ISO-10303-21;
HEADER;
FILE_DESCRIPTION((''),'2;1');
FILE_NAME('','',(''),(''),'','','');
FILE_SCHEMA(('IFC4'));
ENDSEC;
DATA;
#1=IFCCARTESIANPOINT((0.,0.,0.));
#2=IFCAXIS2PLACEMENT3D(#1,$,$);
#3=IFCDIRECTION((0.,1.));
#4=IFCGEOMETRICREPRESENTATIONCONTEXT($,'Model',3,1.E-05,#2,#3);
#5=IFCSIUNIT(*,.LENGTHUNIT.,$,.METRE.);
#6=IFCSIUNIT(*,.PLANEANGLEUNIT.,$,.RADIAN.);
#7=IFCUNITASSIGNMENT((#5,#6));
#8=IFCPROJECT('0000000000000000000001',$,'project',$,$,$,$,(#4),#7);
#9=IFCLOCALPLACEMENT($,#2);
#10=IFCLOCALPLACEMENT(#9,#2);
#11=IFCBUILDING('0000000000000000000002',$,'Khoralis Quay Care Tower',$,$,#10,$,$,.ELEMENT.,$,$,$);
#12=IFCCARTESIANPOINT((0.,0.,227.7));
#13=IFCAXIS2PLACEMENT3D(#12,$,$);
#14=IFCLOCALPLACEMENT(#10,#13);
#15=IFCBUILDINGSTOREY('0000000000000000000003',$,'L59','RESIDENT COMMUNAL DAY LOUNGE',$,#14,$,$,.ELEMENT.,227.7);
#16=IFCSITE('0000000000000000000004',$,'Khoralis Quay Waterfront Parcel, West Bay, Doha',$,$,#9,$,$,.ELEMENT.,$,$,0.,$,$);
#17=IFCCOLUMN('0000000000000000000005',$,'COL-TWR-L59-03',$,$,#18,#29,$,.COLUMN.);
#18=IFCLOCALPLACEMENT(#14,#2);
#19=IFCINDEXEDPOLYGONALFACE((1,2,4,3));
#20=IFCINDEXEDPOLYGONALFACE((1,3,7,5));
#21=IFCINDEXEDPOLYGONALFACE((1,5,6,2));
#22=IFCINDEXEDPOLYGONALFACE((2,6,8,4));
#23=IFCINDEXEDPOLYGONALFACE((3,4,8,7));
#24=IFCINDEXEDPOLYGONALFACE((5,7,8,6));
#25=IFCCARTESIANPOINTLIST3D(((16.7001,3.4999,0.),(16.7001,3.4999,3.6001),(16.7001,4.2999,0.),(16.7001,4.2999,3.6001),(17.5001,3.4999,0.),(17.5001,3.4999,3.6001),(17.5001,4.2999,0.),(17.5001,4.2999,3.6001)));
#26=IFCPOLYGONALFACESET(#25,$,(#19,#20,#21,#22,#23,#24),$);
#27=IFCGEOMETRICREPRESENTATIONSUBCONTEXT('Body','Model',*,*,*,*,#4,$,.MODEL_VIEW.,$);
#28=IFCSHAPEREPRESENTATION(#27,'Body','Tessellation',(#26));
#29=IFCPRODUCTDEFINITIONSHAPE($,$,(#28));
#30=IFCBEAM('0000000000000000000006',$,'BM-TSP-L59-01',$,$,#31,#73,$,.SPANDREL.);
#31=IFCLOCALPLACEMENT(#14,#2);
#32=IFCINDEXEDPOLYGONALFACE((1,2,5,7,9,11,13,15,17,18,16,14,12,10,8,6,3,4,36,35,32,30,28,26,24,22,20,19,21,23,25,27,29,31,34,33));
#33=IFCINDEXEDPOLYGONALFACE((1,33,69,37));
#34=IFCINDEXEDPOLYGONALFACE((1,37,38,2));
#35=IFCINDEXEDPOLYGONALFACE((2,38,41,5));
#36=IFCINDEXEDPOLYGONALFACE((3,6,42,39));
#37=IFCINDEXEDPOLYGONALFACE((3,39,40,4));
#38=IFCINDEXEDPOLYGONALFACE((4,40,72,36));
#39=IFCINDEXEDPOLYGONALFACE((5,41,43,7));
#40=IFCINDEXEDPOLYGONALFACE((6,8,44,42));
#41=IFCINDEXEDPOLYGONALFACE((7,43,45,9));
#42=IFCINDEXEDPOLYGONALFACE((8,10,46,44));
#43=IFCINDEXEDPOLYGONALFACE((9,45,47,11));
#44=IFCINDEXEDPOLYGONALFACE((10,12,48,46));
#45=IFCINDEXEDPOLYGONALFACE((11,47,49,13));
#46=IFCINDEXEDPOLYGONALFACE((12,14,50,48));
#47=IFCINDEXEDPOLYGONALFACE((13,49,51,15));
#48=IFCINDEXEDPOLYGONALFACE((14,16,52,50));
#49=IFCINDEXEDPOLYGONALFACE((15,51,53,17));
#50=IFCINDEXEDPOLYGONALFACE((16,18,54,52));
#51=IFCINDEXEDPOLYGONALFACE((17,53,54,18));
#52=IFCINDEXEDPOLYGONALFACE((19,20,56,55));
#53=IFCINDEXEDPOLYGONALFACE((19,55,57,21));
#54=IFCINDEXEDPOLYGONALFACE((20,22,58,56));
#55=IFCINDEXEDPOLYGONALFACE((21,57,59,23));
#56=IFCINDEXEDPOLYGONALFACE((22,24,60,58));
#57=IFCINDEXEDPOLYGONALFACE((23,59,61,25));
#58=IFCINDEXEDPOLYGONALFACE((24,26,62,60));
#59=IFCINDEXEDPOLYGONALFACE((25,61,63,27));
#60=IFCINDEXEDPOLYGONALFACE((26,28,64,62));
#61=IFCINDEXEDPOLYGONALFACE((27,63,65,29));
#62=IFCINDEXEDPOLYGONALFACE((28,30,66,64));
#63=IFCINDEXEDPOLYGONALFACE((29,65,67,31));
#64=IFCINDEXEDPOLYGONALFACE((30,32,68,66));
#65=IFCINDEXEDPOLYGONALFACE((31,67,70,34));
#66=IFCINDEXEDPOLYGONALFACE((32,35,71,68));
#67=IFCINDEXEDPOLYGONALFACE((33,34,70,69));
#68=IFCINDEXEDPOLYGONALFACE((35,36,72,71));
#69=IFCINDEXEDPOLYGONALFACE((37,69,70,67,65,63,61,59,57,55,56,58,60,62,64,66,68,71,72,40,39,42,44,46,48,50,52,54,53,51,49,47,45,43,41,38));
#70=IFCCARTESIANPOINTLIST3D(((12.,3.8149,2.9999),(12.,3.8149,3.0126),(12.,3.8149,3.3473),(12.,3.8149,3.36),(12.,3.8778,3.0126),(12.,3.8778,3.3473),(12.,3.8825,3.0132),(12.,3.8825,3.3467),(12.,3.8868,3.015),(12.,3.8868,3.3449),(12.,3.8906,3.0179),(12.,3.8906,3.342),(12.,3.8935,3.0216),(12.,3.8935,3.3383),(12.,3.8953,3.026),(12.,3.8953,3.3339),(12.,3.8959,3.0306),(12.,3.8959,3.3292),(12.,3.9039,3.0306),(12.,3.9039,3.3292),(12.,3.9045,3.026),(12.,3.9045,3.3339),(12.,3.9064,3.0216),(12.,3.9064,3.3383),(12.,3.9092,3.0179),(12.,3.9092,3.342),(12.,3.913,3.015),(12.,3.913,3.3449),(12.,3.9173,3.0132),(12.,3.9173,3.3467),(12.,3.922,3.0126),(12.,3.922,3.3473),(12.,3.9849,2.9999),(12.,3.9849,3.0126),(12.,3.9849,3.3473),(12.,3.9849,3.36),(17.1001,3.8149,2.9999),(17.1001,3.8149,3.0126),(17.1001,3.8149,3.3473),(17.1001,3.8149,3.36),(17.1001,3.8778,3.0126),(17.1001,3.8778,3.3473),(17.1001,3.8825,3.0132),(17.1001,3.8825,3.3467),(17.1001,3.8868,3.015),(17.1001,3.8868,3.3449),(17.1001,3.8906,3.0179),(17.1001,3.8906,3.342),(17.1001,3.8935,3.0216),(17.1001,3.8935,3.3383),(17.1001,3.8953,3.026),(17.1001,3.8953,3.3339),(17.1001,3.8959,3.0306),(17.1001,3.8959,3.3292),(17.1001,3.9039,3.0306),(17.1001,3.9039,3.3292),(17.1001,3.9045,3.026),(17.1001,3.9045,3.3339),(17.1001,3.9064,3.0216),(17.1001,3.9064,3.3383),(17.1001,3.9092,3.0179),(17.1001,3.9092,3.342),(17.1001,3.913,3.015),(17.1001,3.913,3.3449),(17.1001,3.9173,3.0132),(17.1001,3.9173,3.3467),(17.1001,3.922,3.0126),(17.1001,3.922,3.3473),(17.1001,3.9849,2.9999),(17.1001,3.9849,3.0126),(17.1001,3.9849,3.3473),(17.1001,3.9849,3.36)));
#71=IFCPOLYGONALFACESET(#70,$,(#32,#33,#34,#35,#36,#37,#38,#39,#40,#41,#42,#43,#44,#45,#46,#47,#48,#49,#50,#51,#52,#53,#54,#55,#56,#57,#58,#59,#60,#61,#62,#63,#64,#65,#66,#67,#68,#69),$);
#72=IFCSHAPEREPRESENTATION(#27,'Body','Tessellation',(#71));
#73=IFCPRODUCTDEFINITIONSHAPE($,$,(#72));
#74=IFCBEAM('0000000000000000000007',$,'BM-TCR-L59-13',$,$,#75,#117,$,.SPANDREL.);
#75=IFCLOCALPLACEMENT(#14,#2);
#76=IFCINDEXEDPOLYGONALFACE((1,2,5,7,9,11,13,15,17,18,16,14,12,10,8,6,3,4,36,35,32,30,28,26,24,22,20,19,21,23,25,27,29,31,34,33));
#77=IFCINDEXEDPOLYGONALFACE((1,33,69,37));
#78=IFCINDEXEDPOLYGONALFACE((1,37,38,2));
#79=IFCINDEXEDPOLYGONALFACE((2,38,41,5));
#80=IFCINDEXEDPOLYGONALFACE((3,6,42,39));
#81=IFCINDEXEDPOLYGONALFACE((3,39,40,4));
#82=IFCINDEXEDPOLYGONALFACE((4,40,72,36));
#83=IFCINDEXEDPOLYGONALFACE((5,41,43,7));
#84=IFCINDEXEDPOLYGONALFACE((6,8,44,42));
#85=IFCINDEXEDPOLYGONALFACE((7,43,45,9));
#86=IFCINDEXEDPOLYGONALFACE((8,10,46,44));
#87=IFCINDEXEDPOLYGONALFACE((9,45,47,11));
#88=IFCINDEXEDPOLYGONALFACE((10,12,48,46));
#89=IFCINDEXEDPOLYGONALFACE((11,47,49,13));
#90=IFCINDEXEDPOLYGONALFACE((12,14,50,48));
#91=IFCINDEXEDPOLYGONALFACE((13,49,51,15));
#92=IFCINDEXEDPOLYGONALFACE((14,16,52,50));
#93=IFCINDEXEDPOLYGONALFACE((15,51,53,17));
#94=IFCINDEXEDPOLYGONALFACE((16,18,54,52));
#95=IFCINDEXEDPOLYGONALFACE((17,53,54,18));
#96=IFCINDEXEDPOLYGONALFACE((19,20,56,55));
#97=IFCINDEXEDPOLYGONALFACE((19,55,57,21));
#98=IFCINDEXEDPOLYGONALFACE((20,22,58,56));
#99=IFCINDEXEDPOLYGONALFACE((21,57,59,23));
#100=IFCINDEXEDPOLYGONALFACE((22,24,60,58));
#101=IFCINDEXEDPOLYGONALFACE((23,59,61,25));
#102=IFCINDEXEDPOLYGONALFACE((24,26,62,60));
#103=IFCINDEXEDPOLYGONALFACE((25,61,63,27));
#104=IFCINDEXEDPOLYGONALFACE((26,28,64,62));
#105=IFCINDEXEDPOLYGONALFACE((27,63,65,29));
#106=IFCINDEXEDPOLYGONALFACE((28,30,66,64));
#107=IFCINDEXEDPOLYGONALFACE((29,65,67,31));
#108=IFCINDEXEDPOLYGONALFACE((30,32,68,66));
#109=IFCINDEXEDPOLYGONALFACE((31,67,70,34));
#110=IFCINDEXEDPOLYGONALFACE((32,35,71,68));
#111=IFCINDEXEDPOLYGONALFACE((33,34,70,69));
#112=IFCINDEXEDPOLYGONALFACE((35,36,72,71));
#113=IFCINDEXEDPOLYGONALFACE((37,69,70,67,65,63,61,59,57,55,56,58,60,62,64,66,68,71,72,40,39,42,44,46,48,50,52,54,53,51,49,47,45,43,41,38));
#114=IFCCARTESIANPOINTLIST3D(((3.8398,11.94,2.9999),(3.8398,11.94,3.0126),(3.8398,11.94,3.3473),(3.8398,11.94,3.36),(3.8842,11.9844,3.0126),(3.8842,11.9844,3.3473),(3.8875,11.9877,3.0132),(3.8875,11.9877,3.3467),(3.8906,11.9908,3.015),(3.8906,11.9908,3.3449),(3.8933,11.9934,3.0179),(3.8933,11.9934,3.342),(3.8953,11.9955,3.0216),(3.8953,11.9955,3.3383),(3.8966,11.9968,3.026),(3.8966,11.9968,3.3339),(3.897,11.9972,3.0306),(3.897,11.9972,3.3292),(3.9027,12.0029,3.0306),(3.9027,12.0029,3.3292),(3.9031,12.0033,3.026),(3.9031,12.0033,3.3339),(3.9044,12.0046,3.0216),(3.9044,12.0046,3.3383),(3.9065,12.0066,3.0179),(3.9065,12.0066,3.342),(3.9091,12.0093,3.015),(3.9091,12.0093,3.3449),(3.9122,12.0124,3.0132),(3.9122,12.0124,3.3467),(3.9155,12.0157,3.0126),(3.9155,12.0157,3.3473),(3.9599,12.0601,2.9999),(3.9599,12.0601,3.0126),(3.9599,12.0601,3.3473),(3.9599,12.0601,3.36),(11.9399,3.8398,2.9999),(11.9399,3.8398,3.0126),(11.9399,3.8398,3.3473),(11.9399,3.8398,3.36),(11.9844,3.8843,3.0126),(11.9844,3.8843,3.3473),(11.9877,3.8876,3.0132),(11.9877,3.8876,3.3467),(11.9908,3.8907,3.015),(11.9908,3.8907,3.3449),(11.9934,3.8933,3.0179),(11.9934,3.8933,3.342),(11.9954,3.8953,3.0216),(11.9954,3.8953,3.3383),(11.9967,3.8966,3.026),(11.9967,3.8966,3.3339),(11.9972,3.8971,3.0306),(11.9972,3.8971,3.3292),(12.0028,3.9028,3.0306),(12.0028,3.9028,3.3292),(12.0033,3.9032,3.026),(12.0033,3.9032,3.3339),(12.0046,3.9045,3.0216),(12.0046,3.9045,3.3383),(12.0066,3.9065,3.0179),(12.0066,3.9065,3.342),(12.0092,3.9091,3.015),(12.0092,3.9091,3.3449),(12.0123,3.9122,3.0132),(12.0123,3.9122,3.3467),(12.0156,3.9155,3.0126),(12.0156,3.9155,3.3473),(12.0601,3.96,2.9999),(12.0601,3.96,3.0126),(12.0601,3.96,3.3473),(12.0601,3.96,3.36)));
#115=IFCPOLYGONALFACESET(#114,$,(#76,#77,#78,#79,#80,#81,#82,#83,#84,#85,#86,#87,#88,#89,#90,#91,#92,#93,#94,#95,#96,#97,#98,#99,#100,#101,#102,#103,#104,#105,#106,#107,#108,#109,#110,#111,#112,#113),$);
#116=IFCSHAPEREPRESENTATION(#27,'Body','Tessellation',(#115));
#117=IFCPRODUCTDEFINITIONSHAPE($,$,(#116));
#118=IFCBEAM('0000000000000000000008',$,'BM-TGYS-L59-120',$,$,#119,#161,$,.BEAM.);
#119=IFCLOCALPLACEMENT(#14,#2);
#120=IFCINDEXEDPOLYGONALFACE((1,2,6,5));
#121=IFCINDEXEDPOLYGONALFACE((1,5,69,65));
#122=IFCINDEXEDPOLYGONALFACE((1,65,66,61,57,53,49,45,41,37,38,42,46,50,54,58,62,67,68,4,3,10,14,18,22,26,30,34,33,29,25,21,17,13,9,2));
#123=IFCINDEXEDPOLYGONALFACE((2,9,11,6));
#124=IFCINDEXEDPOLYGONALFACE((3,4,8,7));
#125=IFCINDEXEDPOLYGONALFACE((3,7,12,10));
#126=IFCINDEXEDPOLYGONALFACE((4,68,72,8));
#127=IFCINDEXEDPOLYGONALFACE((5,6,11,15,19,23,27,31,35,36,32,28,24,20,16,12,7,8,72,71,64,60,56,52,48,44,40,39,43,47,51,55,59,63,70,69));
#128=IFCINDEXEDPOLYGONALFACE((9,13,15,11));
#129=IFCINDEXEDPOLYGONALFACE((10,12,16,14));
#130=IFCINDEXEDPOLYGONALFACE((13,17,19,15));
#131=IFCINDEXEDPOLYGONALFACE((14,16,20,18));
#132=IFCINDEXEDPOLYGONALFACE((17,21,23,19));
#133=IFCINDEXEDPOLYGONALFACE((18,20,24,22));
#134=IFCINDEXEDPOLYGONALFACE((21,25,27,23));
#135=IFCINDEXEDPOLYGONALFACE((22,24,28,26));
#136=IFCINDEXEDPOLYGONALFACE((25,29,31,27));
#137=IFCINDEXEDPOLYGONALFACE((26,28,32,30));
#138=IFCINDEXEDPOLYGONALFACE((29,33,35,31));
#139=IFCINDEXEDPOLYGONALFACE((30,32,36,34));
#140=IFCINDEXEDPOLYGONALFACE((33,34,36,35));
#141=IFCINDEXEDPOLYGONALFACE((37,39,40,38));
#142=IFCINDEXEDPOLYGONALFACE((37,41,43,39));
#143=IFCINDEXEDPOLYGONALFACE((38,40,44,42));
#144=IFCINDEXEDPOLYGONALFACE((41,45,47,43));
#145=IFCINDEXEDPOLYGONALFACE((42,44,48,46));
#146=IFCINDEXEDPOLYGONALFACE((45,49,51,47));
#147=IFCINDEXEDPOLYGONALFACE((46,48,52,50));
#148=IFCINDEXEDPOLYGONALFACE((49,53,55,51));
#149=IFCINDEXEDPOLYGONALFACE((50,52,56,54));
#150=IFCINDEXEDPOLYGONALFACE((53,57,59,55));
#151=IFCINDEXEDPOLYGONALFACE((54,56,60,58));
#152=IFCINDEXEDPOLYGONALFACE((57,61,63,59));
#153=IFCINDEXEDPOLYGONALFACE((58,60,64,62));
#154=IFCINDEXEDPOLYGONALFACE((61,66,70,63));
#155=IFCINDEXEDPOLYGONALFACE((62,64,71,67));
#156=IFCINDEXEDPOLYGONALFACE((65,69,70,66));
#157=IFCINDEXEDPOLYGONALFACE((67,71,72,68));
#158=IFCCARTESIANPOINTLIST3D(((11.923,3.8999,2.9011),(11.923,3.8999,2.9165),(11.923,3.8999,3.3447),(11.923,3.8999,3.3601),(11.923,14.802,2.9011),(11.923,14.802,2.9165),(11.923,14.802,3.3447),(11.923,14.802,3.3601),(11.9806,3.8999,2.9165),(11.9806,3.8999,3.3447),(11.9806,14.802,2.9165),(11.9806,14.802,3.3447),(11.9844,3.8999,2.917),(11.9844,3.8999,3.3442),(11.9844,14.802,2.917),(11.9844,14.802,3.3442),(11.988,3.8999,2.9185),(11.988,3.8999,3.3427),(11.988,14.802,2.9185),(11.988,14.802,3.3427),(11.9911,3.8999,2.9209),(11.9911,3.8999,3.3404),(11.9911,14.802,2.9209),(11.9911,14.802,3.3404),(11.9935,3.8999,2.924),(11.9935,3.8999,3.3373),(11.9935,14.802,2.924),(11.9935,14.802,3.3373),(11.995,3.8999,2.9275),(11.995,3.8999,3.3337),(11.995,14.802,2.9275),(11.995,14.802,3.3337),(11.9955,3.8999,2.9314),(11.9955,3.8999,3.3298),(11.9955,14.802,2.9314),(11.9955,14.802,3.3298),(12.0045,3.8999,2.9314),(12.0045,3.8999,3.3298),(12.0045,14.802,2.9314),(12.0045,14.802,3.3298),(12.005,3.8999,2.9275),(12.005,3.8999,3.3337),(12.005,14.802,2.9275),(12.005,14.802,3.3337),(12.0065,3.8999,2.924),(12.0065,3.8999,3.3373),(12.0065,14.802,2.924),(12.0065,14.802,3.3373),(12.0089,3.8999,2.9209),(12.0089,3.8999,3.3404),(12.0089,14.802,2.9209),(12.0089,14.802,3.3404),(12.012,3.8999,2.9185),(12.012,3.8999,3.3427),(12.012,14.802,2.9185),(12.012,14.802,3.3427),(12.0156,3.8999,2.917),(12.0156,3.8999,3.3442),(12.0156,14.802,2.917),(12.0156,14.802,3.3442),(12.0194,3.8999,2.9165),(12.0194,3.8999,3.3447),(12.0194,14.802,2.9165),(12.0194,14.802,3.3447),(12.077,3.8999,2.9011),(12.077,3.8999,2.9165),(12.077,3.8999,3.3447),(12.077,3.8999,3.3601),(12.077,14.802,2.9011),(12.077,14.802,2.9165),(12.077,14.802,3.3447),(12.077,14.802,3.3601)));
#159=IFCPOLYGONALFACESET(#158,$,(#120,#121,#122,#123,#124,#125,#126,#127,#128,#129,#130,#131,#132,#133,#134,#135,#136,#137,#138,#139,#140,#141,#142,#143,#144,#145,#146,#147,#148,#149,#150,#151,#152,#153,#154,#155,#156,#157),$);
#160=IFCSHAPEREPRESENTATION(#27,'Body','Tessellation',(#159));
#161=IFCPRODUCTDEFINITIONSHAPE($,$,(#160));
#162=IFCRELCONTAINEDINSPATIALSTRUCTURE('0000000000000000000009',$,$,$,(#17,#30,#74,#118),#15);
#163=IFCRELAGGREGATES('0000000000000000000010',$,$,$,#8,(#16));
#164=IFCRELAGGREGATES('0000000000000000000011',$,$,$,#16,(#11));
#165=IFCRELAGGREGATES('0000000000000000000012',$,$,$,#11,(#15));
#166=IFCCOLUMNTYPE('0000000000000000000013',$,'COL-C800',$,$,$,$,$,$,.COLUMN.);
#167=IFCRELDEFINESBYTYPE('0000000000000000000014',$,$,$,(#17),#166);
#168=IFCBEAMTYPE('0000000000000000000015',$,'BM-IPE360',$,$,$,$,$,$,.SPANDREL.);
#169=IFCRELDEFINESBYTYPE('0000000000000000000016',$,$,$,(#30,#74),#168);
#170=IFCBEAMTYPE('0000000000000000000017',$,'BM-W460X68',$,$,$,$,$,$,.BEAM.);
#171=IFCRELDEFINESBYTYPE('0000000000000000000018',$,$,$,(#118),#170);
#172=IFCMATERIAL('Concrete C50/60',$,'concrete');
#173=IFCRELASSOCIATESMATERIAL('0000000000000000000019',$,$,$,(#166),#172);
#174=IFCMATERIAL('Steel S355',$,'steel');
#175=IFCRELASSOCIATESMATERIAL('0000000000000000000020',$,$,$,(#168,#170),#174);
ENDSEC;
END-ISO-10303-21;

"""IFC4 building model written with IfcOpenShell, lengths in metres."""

from ifc_helpers import new_model, si_unit, direction, frame, origin, origin_2d, place, context, subcontext, project, spatial, rectangle, i_section, extrude, source, transform, mapped, material, material_profile, profile_set, type_object, element, save


model = new_model("IFC4")

# Units and contexts
model_context = context("Model", 3, precision=1e-05, world=origin(), true_north=direction((0.0, 1.0)))
body_context = subcontext(model_context, "Body", "Model", "MODEL_VIEW")
ifc_project = project(units=[si_unit("LENGTHUNIT", "METRE"), si_unit("PLANEANGLEUNIT", "RADIAN")], contexts=[model_context])

# Site, building, storey
site_placement = place(None, origin())
site = spatial("IfcSite", under=ifc_project, at=site_placement, Name="Khoralis Quay Waterfront Parcel, West Bay, Doha", CompositionType="ELEMENT", RefElevation=0.0)
building_placement = place(site_placement, origin())
building = spatial("IfcBuilding", under=site, at=building_placement, Name="Khoralis Quay Care Tower", CompositionType="ELEMENT")
storey_placement = place(building_placement, frame((0.0, 0.0, 227.7)))
storey = spatial("IfcBuildingStorey", under=building, at=storey_placement, Name="L59", Description="RESIDENT COMMUNAL DAY LOUNGE", CompositionType="ELEMENT", Elevation=227.7)

# Column
ifc_material_1 = material(Name="Concrete C50/60", Category="concrete")
ifc_material_profile_1 = material_profile(ifc_material_1, rectangle(XDim=0.8, YDim=0.8, at=origin_2d()), Name="Concrete C50/60")
ifc_profile_set_1 = profile_set([ifc_material_profile_1], Name="Concrete C50/60")
column_type = type_object("IfcColumnType", Name="COL-C800", PredefinedType="COLUMN", material=ifc_profile_set_1)
shared_shape_1 = source(origin(), body_context, "Body", "SweptSolid", [
    extrude(rectangle(XDim=0.8, YDim=0.8, at=origin_2d()), origin(), (0.0, 0.0, 1.0), 3.6001),
])
column_placement = place(storey_placement, frame((17.1001, 3.8999, 0.0), z_axis=(0.0, 0.0, 1.0), x_axis=(1.0, 0.0, 0.0)))
element("IfcColumn", 1, at=column_placement, inside=storey, type_object=column_type, Name="COL-TWR-L59-03", PredefinedType="COLUMN", context=body_context, shape_type="MappedRepresentation", body=[
    mapped(shared_shape_1, transform((0.0, 0.0, 0.0), scale=1.0)),
])

# Beams
ifc_material_2 = material(Name="Steel S355", Category="steel")
ifc_material_profile_2 = material_profile(ifc_material_2, i_section(OverallWidth=0.1699, OverallDepth=0.3601, WebThickness=0.0081, FlangeThickness=0.0127, FilletRadius=0.0181, at=origin_2d()), Name="Steel S355")
ifc_profile_set_2 = profile_set([ifc_material_profile_2], Name="Steel S355")
beam_type_1 = type_object("IfcBeamType", Name="BM-IPE360", PredefinedType="SPANDREL", material=ifc_profile_set_2)
shared_shape_2 = source(origin(), body_context, "Body", "SweptSolid", [
    extrude(i_section(OverallWidth=0.1699, OverallDepth=0.3601, WebThickness=0.0081, FlangeThickness=0.0127, FilletRadius=0.0181, at=origin_2d()), origin(), (0.0, 0.0, 1.0), 5.1001),
])
beam_1_placement = place(storey_placement, frame((12.0, 3.8999, 3.1799), z_axis=(1.0, 0.0, 0.0), x_axis=(0.0, 1.0, 0.0)))
element("IfcBeam", 2, at=beam_1_placement, inside=storey, type_object=beam_type_1, Name="BM-TSP-L59-01", PredefinedType="SPANDREL", context=body_context, shape_type="MappedRepresentation", body=[
    mapped(shared_shape_2, transform((0.0, 0.0, 0.0), scale=1.0)),
])
shared_shape_3 = source(origin(), body_context, "Body", "SweptSolid", [
    extrude(i_section(OverallWidth=0.1699, OverallDepth=0.3601, WebThickness=0.0081, FlangeThickness=0.0127, FilletRadius=0.0181, at=origin_2d()), origin(), (0.0, 0.0, 1.0), 11.4553),
])
beam_2_placement = place(storey_placement, frame((12.0, 3.8999, 3.1799), z_axis=(-0.707107, 0.707107, 0.0), x_axis=(-0.707107, -0.707107, 0.0)))
element("IfcBeam", 3, at=beam_2_placement, inside=storey, type_object=beam_type_1, Name="BM-TCR-L59-13", PredefinedType="SPANDREL", context=body_context, shape_type="MappedRepresentation", body=[
    mapped(shared_shape_3, transform((0.0, 0.0, 0.0), scale=1.0)),
])
ifc_material_profile_3 = material_profile(ifc_material_2, i_section(OverallWidth=0.1541, OverallDepth=0.459, WebThickness=0.009, FlangeThickness=0.0154, FilletRadius=0.0149, at=origin_2d()), Name="Steel S355")
ifc_profile_set_3 = profile_set([ifc_material_profile_3], Name="Steel S355")
beam_type_2 = type_object("IfcBeamType", Name="BM-W460X68", PredefinedType="BEAM", material=ifc_profile_set_3)
shared_shape_4 = source(origin(), body_context, "Body", "SweptSolid", [
    extrude(i_section(OverallWidth=0.1541, OverallDepth=0.459, WebThickness=0.009, FlangeThickness=0.0154, FilletRadius=0.0149, at=origin_2d()), origin(), (0.0, 0.0, 1.0), 10.9021),
])
beam_3_placement = place(storey_placement, frame((12.0, 3.8999, 3.1306), z_axis=(0.0, 1.0, 0.0), x_axis=(-1.0, 0.0, 0.0)))
element("IfcBeam", 4, at=beam_3_placement, inside=storey, type_object=beam_type_2, Name="BM-TGYS-L59-120", PredefinedType="BEAM", context=body_context, shape_type="MappedRepresentation", body=[
    mapped(shared_shape_4, transform((0.0, 0.0, 0.0), scale=1.0)),
])

save(model, "model.ifc")
